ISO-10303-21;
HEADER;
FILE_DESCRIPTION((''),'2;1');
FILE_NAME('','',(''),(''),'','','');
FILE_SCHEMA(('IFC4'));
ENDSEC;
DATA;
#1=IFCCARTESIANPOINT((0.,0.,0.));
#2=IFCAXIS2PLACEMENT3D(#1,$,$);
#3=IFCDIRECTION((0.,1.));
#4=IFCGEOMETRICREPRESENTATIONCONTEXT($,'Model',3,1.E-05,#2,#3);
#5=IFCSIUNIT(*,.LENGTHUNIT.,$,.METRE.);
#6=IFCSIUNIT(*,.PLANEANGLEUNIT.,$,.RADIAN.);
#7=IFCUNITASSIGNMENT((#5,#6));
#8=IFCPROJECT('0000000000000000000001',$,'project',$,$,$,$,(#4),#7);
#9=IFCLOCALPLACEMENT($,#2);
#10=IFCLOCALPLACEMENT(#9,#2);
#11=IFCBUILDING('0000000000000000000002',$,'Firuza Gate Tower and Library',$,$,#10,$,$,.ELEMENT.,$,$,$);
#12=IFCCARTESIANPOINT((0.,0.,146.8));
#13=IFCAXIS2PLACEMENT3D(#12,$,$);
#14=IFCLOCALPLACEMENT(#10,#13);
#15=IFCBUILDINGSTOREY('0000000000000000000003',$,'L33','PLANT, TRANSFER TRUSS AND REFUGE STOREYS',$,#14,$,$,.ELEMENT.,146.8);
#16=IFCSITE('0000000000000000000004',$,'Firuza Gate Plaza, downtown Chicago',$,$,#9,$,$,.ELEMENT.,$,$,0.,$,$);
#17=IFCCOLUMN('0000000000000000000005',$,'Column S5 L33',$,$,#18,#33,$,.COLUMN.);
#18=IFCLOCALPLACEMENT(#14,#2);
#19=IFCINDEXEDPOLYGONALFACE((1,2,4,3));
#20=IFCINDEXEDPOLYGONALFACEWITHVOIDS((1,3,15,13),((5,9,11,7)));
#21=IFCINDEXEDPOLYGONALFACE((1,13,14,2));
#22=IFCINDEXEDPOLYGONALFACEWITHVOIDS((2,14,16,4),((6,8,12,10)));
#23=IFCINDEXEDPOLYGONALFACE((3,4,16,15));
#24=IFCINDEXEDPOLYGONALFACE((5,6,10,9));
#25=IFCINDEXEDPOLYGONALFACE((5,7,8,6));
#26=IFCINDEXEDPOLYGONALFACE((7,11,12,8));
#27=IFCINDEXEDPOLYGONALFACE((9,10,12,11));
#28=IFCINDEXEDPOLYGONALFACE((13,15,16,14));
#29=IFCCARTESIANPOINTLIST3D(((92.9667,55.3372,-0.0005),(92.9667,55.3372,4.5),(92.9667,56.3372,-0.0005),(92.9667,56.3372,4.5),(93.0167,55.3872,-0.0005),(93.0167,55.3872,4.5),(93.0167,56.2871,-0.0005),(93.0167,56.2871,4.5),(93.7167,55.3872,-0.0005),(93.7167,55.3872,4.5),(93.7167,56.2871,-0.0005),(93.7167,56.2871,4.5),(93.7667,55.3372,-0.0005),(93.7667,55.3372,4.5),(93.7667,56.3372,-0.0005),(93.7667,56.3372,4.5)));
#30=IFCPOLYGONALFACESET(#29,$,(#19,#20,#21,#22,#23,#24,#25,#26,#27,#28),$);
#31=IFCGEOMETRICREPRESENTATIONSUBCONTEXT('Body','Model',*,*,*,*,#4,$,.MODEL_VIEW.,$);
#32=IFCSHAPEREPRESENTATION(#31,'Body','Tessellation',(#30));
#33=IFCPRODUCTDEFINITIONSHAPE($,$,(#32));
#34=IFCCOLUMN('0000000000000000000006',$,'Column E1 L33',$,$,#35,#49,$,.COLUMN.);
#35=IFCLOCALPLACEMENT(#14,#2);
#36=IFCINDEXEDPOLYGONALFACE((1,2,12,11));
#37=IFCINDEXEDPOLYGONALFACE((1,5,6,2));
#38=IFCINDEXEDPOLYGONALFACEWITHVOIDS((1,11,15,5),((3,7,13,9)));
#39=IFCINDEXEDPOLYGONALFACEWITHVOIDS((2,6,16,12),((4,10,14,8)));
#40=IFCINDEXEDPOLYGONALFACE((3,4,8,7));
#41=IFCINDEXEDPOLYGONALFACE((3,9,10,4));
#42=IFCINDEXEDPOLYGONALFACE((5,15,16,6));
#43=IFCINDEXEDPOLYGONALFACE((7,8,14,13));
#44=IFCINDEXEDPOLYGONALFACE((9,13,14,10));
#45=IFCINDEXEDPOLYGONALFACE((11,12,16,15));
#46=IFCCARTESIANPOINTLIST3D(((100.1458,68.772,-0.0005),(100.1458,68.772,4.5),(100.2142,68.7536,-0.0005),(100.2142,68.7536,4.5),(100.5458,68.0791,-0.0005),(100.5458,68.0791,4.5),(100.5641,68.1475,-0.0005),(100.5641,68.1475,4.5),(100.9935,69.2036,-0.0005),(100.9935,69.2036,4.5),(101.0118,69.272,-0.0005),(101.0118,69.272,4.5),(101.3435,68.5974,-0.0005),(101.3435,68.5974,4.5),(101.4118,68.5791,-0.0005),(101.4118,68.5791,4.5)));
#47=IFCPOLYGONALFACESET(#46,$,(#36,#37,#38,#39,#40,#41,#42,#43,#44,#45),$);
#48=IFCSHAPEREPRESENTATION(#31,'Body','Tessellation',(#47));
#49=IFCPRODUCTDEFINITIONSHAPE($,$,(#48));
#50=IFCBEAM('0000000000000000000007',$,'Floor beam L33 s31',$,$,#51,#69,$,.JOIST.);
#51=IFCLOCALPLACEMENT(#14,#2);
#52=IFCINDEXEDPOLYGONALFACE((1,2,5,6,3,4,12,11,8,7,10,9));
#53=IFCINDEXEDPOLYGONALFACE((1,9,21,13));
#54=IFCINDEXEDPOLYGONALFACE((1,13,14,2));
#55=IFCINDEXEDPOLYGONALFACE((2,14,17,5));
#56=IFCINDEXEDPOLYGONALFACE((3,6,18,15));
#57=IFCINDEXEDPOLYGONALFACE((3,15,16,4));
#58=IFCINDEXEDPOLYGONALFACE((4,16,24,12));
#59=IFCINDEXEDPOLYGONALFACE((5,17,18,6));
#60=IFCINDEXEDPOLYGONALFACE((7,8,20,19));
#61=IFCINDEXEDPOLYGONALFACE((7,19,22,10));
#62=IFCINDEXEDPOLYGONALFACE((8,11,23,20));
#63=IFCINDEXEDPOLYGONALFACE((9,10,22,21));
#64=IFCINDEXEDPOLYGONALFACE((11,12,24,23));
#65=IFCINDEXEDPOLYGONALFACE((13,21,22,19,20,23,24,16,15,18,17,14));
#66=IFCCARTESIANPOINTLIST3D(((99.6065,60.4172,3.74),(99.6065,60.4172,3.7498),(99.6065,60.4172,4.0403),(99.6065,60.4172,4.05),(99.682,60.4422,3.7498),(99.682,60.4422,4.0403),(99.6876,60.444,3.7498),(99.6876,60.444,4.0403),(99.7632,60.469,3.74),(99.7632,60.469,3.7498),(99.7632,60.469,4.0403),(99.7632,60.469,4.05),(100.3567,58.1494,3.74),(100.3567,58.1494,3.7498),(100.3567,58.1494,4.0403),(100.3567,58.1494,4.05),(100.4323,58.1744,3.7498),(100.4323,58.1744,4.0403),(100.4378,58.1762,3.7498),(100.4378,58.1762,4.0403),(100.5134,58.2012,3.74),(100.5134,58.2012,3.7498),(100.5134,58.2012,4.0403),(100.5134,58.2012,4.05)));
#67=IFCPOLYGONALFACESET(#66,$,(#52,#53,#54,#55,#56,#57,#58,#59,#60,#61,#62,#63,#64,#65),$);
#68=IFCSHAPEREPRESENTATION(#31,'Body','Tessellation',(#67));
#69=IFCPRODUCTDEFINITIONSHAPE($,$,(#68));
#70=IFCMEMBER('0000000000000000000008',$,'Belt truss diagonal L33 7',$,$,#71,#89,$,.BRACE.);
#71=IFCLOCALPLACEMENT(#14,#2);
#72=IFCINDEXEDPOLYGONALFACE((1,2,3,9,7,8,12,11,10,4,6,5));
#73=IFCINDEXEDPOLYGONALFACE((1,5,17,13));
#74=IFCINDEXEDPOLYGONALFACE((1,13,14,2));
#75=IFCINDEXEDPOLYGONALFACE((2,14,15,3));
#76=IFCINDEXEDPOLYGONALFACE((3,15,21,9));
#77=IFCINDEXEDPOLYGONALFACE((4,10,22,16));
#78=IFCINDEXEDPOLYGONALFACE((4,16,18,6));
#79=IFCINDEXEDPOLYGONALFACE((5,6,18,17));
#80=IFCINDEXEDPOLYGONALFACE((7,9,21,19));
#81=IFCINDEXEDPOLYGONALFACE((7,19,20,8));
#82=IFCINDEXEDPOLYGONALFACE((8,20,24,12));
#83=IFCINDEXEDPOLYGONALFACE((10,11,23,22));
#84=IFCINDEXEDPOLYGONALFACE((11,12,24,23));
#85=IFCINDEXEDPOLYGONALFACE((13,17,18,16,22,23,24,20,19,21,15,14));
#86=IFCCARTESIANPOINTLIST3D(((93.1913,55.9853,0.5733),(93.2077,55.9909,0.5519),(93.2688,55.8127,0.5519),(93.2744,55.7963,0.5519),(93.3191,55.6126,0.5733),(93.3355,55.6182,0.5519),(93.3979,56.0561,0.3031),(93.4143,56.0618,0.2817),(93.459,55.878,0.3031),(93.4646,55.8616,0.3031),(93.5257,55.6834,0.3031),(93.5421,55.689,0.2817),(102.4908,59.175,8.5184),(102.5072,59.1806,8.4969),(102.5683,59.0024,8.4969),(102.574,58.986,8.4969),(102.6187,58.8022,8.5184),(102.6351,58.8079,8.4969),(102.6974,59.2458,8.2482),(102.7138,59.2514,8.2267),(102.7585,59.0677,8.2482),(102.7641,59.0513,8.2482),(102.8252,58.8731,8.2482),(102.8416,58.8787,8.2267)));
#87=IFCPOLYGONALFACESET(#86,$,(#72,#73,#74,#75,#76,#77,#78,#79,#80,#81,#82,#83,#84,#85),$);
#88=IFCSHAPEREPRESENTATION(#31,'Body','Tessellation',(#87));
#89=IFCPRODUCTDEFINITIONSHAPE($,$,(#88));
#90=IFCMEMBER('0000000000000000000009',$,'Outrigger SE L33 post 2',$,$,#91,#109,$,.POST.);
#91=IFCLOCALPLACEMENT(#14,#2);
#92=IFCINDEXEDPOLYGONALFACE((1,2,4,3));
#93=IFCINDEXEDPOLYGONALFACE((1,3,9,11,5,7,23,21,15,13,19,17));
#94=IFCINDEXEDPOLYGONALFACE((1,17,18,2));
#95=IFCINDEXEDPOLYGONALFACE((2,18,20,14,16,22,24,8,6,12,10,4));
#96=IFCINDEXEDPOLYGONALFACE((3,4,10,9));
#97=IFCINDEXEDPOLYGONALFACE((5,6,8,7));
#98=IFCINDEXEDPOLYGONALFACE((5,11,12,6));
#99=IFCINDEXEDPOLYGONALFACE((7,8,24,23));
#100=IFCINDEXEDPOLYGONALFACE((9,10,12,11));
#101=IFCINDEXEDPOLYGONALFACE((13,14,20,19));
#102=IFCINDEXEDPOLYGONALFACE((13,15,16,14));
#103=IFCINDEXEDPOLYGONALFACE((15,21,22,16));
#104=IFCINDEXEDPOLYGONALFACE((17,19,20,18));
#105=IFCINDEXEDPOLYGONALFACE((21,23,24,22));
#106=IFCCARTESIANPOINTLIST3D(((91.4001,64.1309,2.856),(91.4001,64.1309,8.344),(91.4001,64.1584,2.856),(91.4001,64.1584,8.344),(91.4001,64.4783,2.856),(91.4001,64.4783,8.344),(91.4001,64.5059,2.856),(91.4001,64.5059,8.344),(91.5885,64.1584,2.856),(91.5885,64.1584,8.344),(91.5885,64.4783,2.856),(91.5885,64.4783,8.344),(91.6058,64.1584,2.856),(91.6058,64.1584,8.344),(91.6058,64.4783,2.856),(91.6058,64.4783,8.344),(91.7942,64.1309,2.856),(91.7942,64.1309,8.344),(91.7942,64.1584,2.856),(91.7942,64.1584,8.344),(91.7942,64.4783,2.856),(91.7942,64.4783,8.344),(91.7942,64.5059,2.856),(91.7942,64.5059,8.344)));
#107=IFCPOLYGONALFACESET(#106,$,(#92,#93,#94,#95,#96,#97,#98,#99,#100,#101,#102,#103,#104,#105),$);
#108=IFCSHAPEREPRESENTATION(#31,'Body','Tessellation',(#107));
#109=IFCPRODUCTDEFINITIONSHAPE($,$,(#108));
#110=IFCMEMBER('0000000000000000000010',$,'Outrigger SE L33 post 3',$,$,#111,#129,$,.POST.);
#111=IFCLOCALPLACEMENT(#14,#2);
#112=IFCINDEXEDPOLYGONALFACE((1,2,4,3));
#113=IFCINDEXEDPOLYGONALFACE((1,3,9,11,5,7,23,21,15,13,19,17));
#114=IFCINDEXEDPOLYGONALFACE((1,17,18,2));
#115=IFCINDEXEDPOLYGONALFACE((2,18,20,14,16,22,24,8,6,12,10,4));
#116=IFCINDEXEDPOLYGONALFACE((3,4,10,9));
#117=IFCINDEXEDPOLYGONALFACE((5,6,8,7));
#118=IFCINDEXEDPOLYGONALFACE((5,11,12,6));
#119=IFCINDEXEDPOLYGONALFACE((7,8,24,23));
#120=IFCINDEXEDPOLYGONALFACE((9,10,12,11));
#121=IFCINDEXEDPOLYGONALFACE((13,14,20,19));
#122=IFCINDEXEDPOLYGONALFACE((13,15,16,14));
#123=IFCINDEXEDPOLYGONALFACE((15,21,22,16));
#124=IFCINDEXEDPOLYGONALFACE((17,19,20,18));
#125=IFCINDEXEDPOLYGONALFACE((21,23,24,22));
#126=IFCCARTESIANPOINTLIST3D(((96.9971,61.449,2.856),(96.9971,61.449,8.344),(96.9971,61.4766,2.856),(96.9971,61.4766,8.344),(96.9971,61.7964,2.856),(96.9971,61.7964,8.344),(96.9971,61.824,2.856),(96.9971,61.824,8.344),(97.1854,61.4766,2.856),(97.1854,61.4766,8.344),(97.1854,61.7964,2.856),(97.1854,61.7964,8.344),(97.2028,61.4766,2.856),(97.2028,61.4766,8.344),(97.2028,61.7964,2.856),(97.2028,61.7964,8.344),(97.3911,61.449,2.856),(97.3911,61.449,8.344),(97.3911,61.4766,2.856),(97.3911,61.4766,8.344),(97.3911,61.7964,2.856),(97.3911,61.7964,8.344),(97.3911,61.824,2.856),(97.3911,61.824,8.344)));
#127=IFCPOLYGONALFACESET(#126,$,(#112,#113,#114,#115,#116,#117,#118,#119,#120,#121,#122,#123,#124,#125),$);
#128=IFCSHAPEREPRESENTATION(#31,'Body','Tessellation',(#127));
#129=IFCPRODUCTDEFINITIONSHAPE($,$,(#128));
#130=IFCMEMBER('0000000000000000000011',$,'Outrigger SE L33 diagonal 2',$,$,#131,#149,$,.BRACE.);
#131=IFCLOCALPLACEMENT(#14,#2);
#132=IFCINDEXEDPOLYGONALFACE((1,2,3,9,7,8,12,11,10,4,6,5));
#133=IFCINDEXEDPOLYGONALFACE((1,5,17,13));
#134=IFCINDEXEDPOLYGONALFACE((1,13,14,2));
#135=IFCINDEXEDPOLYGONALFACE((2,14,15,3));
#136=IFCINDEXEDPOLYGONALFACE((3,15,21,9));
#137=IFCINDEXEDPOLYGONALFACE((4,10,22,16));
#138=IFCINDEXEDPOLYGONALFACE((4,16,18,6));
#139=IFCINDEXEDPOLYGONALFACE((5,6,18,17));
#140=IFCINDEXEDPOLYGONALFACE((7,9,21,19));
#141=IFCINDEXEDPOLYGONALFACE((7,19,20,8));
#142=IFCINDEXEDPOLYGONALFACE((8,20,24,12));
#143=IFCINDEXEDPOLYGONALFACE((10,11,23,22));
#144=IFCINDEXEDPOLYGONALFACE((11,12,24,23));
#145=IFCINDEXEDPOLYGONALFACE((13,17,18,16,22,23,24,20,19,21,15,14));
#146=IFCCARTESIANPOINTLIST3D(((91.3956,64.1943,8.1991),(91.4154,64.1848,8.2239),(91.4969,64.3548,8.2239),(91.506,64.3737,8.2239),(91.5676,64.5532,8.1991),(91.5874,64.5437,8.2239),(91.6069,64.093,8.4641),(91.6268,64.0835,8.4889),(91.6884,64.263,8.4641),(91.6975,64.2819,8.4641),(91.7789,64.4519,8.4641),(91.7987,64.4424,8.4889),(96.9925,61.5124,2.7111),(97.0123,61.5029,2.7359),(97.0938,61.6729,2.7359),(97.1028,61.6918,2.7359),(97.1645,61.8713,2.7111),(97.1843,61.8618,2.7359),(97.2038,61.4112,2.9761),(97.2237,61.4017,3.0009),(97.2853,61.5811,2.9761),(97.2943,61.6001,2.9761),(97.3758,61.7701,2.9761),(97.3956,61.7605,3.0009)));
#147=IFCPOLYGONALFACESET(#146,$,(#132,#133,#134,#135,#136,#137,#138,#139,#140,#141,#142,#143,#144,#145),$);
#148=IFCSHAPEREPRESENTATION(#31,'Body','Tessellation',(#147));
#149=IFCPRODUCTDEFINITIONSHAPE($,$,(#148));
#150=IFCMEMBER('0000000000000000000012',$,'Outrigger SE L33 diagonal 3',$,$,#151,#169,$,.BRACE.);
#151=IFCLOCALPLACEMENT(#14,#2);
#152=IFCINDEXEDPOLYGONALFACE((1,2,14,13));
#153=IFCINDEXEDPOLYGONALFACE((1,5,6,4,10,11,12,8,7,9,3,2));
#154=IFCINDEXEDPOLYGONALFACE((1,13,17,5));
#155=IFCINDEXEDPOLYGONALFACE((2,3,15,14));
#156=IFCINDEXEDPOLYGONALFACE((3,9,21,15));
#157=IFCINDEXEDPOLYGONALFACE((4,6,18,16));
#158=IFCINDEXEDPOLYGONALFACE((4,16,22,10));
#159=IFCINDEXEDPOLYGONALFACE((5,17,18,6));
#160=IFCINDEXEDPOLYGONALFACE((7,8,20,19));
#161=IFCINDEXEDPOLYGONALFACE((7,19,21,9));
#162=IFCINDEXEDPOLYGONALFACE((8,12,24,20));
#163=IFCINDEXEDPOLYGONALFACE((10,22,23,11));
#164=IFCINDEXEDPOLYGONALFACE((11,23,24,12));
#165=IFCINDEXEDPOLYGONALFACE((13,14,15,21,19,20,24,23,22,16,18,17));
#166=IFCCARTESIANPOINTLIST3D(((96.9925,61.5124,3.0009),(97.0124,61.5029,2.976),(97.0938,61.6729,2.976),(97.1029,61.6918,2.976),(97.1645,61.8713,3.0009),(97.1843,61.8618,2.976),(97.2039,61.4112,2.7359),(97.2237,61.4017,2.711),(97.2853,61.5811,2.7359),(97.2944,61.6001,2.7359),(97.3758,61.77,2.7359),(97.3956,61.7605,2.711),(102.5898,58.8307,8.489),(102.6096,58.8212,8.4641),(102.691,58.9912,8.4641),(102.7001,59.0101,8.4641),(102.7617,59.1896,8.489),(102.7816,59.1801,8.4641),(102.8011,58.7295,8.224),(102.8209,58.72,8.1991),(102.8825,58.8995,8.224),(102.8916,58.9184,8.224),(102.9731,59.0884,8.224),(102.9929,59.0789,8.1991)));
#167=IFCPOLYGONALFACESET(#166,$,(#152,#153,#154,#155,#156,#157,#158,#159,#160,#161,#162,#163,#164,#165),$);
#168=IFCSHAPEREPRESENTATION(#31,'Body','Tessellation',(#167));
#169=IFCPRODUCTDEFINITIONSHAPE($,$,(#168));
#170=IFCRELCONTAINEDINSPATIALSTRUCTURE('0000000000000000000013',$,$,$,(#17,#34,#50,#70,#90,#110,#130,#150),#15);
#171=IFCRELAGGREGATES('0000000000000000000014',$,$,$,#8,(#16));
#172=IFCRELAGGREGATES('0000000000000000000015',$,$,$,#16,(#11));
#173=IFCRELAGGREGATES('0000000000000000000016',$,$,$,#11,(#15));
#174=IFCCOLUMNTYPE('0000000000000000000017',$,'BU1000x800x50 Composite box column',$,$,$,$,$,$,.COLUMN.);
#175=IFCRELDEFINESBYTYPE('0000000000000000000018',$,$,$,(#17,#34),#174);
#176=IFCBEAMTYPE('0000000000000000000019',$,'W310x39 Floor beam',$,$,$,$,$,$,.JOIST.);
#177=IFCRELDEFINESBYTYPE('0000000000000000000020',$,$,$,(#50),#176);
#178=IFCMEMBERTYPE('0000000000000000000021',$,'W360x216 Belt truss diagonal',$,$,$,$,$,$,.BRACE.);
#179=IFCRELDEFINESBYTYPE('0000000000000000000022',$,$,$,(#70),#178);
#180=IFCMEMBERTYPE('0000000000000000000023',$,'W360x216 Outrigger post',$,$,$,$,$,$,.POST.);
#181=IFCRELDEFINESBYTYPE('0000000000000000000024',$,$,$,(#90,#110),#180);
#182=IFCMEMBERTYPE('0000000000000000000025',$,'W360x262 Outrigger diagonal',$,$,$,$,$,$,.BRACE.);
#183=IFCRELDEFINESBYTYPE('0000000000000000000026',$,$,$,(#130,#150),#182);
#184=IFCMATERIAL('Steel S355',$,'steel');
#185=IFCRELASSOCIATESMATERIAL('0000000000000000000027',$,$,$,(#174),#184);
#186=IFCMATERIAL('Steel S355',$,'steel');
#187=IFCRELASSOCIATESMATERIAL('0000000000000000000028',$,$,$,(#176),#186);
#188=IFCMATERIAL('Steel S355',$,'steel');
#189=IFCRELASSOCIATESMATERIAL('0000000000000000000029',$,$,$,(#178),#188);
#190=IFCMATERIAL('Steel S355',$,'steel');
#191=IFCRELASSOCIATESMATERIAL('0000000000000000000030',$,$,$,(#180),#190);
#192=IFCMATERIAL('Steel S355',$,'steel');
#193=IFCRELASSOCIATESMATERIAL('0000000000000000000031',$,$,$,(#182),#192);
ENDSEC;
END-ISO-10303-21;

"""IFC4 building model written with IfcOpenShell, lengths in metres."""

from ifc_helpers import new_model, si_unit, direction, frame, origin, origin_2d, place, context, subcontext, project, spatial, hollow_rectangle, i_section, extrude, material, material_profile, profile_set, type_object, element, save


model = new_model("IFC4")

# Units and contexts
model_context = context("Model", 3, precision=1e-05, world=origin(), true_north=direction((0.0, 1.0)))
body_context = subcontext(model_context, "Body", "Model", "MODEL_VIEW")
ifc_project = project(units=[si_unit("LENGTHUNIT", "METRE"), si_unit("PLANEANGLEUNIT", "RADIAN")], contexts=[model_context])

# Site, building, storey
site_placement = place(None, origin())
site = spatial("IfcSite", under=ifc_project, at=site_placement, Name="Firuza Gate Plaza, downtown Chicago", CompositionType="ELEMENT", RefElevation=0.0)
building_placement = place(site_placement, origin())
building = spatial("IfcBuilding", under=site, at=building_placement, Name="Firuza Gate Tower and Library", CompositionType="ELEMENT")
storey_placement = place(building_placement, frame((0.0, 0.0, 146.8)))
storey = spatial("IfcBuildingStorey", under=building, at=storey_placement, Name="L33", Description="PLANT, TRANSFER TRUSS AND REFUGE STOREYS", CompositionType="ELEMENT", Elevation=146.8)

# Columns
ifc_material_1 = material(Name="Steel S355", Category="steel")
ifc_material_profile_1 = material_profile(ifc_material_1, hollow_rectangle(XDim=0.8, YDim=1.0, WallThickness=0.05, at=origin_2d()))
ifc_profile_set_1 = profile_set([ifc_material_profile_1], Name="Steel S355")
column_type = type_object("IfcColumnType", Name="BU1000x800x50 Composite box column", PredefinedType="COLUMN", material=ifc_profile_set_1)
for number, where, z_axis, x_axis, name in (
    (1, (93.3667, 55.8372, -0.0005), (0.0, 0.0, 1.0), (1.0, 0.0, 0.0), "Column S5 L33"),
    (2, (100.7788, 68.6755, -0.0005), (0.0, 0.0, 1.0), (-0.5, 0.866025, 0.0), "Column E1 L33"),
):
    element("IfcColumn", number, at=place(storey_placement, frame(where, z_axis=z_axis, x_axis=x_axis)), inside=storey, type_object=column_type, Name=name, PredefinedType="COLUMN", context=body_context, shape_type="SweptSolid", body=[
        extrude(hollow_rectangle(XDim=0.8, YDim=1.0, WallThickness=0.05, at=origin_2d()), origin(), (0.0, 0.0, 1.0), 4.5005),
    ])

# Beam
ifc_material_2 = material(Name="Steel S355", Category="steel")
ifc_material_profile_2 = material_profile(ifc_material_2, i_section(OverallWidth=0.165, OverallDepth=0.3101, WebThickness=0.0059, FlangeThickness=0.0098, at=origin_2d()))
ifc_profile_set_2 = profile_set([ifc_material_profile_2], Name="Steel S355")
beam_type_1 = type_object("IfcBeamType", Name="W310x39 Floor beam", PredefinedType="JOIST", material=ifc_profile_set_2)
beam_1_placement = place(storey_placement, frame((100.4351, 58.1753, 3.895), z_axis=(-0.314081, 0.949396, 0.0), x_axis=(-0.949396, -0.314081, 0.0)))
element("IfcBeam", 3, at=beam_1_placement, inside=storey, type_object=beam_type_1, Name="Floor beam L33 s31", PredefinedType="JOIST", context=body_context, shape_type="SweptSolid", body=[
    extrude(i_section(OverallWidth=0.165, OverallDepth=0.3101, WebThickness=0.0059, FlangeThickness=0.0098, at=origin_2d()), origin(), (0.0, 0.0, 1.0), 2.3887),
])

# Members
ifc_material_3 = material(Name="Steel S355", Category="steel")
ifc_material_profile_3 = material_profile(ifc_material_3, i_section(OverallWidth=0.394, OverallDepth=0.375, WebThickness=0.0173, FlangeThickness=0.0276, at=origin_2d()))
ifc_profile_set_3 = profile_set([ifc_material_profile_3], Name="Steel S355")
member_type_1 = type_object("IfcMemberType", Name="W360x216 Belt truss diagonal", PredefinedType="BRACE", material=ifc_profile_set_3)
member_1_placement = place(storey_placement, frame((93.3667, 55.8372, 0.4275), z_axis=(0.735701, 0.252341, 0.628545), x_axis=(-0.324441, 0.945906, 0.0)))
element("IfcMember", 4, at=member_1_placement, inside=storey, type_object=member_type_1, Name="Belt truss diagonal L33 7", PredefinedType="BRACE", context=body_context, shape_type="SweptSolid", body=[
    extrude(i_section(OverallWidth=0.394, OverallDepth=0.375, WebThickness=0.0173, FlangeThickness=0.0276, at=origin_2d()), origin(), (0.0, 0.0, 1.0), 12.6404),
])
ifc_material_4 = material(Name="Steel S355", Category="steel")
ifc_material_profile_4 = material_profile(ifc_material_4, i_section(OverallWidth=0.394, OverallDepth=0.375, WebThickness=0.0173, FlangeThickness=0.0276, at=origin_2d()))
ifc_profile_set_4 = profile_set([ifc_material_profile_4], Name="Steel S355")
member_type_2 = type_object("IfcMemberType", Name="W360x216 Outrigger post", PredefinedType="POST", material=ifc_profile_set_4)
for number, where, z_axis, x_axis, name in (
    (5, (91.5972, 64.3184, 2.856), (0.0, 0.0, 1.0), (1.0, 0.0, 0.0), "Outrigger SE L33 post 2"),
    (6, (97.1941, 61.6365, 2.856), (0.0, 0.0, 1.0), (1.0, 0.0, 0.0), "Outrigger SE L33 post 3"),
):
    element("IfcMember", number, at=place(storey_placement, frame(where, z_axis=z_axis, x_axis=x_axis)), inside=storey, type_object=member_type_2, Name=name, PredefinedType="POST", context=body_context, shape_type="SweptSolid", body=[
        extrude(i_section(OverallWidth=0.394, OverallDepth=0.375, WebThickness=0.0173, FlangeThickness=0.0276, at=origin_2d()), origin(), (0.0, 0.0, 1.0), 5.488),
    ])
ifc_material_5 = material(Name="Steel S355", Category="steel")
ifc_material_profile_5 = material_profile(ifc_material_5, i_section(OverallWidth=0.3979, OverallDepth=0.387, WebThickness=0.021, FlangeThickness=0.0332, at=origin_2d()))
ifc_profile_set_5 = profile_set([ifc_material_profile_5], Name="Steel S355")
member_type_3 = type_object("IfcMemberType", Name="W360x262 Outrigger diagonal", PredefinedType="BRACE", material=ifc_profile_set_5)
member_2_placement = place(storey_placement, frame((91.5972, 64.3184, 8.344), z_axis=(0.675572, -0.323715, -0.662429), x_axis=(0.432124, 0.901814, 0.0)))
element("IfcMember", 7, at=member_2_placement, inside=storey, type_object=member_type_3, Name="Outrigger SE L33 diagonal 2", PredefinedType="BRACE", context=body_context, shape_type="SweptSolid", body=[
    extrude(i_section(OverallWidth=0.3979, OverallDepth=0.387, WebThickness=0.021, FlangeThickness=0.0332, at=origin_2d()), origin(), (0.0, 0.0, 1.0), 8.2847),
])
member_3_placement = place(storey_placement, frame((97.1941, 61.6365, 2.856), z_axis=(0.675594, -0.323682, 0.662422), x_axis=(0.432076, 0.901837, 0.0)))
element("IfcMember", 8, at=member_3_placement, inside=storey, type_object=member_type_3, Name="Outrigger SE L33 diagonal 3", PredefinedType="BRACE", context=body_context, shape_type="SweptSolid", body=[
    extrude(i_section(OverallWidth=0.3979, OverallDepth=0.387, WebThickness=0.021, FlangeThickness=0.0332, at=origin_2d()), origin(), (0.0, 0.0, 1.0), 8.2849),
])

save(model, "model.ifc")
